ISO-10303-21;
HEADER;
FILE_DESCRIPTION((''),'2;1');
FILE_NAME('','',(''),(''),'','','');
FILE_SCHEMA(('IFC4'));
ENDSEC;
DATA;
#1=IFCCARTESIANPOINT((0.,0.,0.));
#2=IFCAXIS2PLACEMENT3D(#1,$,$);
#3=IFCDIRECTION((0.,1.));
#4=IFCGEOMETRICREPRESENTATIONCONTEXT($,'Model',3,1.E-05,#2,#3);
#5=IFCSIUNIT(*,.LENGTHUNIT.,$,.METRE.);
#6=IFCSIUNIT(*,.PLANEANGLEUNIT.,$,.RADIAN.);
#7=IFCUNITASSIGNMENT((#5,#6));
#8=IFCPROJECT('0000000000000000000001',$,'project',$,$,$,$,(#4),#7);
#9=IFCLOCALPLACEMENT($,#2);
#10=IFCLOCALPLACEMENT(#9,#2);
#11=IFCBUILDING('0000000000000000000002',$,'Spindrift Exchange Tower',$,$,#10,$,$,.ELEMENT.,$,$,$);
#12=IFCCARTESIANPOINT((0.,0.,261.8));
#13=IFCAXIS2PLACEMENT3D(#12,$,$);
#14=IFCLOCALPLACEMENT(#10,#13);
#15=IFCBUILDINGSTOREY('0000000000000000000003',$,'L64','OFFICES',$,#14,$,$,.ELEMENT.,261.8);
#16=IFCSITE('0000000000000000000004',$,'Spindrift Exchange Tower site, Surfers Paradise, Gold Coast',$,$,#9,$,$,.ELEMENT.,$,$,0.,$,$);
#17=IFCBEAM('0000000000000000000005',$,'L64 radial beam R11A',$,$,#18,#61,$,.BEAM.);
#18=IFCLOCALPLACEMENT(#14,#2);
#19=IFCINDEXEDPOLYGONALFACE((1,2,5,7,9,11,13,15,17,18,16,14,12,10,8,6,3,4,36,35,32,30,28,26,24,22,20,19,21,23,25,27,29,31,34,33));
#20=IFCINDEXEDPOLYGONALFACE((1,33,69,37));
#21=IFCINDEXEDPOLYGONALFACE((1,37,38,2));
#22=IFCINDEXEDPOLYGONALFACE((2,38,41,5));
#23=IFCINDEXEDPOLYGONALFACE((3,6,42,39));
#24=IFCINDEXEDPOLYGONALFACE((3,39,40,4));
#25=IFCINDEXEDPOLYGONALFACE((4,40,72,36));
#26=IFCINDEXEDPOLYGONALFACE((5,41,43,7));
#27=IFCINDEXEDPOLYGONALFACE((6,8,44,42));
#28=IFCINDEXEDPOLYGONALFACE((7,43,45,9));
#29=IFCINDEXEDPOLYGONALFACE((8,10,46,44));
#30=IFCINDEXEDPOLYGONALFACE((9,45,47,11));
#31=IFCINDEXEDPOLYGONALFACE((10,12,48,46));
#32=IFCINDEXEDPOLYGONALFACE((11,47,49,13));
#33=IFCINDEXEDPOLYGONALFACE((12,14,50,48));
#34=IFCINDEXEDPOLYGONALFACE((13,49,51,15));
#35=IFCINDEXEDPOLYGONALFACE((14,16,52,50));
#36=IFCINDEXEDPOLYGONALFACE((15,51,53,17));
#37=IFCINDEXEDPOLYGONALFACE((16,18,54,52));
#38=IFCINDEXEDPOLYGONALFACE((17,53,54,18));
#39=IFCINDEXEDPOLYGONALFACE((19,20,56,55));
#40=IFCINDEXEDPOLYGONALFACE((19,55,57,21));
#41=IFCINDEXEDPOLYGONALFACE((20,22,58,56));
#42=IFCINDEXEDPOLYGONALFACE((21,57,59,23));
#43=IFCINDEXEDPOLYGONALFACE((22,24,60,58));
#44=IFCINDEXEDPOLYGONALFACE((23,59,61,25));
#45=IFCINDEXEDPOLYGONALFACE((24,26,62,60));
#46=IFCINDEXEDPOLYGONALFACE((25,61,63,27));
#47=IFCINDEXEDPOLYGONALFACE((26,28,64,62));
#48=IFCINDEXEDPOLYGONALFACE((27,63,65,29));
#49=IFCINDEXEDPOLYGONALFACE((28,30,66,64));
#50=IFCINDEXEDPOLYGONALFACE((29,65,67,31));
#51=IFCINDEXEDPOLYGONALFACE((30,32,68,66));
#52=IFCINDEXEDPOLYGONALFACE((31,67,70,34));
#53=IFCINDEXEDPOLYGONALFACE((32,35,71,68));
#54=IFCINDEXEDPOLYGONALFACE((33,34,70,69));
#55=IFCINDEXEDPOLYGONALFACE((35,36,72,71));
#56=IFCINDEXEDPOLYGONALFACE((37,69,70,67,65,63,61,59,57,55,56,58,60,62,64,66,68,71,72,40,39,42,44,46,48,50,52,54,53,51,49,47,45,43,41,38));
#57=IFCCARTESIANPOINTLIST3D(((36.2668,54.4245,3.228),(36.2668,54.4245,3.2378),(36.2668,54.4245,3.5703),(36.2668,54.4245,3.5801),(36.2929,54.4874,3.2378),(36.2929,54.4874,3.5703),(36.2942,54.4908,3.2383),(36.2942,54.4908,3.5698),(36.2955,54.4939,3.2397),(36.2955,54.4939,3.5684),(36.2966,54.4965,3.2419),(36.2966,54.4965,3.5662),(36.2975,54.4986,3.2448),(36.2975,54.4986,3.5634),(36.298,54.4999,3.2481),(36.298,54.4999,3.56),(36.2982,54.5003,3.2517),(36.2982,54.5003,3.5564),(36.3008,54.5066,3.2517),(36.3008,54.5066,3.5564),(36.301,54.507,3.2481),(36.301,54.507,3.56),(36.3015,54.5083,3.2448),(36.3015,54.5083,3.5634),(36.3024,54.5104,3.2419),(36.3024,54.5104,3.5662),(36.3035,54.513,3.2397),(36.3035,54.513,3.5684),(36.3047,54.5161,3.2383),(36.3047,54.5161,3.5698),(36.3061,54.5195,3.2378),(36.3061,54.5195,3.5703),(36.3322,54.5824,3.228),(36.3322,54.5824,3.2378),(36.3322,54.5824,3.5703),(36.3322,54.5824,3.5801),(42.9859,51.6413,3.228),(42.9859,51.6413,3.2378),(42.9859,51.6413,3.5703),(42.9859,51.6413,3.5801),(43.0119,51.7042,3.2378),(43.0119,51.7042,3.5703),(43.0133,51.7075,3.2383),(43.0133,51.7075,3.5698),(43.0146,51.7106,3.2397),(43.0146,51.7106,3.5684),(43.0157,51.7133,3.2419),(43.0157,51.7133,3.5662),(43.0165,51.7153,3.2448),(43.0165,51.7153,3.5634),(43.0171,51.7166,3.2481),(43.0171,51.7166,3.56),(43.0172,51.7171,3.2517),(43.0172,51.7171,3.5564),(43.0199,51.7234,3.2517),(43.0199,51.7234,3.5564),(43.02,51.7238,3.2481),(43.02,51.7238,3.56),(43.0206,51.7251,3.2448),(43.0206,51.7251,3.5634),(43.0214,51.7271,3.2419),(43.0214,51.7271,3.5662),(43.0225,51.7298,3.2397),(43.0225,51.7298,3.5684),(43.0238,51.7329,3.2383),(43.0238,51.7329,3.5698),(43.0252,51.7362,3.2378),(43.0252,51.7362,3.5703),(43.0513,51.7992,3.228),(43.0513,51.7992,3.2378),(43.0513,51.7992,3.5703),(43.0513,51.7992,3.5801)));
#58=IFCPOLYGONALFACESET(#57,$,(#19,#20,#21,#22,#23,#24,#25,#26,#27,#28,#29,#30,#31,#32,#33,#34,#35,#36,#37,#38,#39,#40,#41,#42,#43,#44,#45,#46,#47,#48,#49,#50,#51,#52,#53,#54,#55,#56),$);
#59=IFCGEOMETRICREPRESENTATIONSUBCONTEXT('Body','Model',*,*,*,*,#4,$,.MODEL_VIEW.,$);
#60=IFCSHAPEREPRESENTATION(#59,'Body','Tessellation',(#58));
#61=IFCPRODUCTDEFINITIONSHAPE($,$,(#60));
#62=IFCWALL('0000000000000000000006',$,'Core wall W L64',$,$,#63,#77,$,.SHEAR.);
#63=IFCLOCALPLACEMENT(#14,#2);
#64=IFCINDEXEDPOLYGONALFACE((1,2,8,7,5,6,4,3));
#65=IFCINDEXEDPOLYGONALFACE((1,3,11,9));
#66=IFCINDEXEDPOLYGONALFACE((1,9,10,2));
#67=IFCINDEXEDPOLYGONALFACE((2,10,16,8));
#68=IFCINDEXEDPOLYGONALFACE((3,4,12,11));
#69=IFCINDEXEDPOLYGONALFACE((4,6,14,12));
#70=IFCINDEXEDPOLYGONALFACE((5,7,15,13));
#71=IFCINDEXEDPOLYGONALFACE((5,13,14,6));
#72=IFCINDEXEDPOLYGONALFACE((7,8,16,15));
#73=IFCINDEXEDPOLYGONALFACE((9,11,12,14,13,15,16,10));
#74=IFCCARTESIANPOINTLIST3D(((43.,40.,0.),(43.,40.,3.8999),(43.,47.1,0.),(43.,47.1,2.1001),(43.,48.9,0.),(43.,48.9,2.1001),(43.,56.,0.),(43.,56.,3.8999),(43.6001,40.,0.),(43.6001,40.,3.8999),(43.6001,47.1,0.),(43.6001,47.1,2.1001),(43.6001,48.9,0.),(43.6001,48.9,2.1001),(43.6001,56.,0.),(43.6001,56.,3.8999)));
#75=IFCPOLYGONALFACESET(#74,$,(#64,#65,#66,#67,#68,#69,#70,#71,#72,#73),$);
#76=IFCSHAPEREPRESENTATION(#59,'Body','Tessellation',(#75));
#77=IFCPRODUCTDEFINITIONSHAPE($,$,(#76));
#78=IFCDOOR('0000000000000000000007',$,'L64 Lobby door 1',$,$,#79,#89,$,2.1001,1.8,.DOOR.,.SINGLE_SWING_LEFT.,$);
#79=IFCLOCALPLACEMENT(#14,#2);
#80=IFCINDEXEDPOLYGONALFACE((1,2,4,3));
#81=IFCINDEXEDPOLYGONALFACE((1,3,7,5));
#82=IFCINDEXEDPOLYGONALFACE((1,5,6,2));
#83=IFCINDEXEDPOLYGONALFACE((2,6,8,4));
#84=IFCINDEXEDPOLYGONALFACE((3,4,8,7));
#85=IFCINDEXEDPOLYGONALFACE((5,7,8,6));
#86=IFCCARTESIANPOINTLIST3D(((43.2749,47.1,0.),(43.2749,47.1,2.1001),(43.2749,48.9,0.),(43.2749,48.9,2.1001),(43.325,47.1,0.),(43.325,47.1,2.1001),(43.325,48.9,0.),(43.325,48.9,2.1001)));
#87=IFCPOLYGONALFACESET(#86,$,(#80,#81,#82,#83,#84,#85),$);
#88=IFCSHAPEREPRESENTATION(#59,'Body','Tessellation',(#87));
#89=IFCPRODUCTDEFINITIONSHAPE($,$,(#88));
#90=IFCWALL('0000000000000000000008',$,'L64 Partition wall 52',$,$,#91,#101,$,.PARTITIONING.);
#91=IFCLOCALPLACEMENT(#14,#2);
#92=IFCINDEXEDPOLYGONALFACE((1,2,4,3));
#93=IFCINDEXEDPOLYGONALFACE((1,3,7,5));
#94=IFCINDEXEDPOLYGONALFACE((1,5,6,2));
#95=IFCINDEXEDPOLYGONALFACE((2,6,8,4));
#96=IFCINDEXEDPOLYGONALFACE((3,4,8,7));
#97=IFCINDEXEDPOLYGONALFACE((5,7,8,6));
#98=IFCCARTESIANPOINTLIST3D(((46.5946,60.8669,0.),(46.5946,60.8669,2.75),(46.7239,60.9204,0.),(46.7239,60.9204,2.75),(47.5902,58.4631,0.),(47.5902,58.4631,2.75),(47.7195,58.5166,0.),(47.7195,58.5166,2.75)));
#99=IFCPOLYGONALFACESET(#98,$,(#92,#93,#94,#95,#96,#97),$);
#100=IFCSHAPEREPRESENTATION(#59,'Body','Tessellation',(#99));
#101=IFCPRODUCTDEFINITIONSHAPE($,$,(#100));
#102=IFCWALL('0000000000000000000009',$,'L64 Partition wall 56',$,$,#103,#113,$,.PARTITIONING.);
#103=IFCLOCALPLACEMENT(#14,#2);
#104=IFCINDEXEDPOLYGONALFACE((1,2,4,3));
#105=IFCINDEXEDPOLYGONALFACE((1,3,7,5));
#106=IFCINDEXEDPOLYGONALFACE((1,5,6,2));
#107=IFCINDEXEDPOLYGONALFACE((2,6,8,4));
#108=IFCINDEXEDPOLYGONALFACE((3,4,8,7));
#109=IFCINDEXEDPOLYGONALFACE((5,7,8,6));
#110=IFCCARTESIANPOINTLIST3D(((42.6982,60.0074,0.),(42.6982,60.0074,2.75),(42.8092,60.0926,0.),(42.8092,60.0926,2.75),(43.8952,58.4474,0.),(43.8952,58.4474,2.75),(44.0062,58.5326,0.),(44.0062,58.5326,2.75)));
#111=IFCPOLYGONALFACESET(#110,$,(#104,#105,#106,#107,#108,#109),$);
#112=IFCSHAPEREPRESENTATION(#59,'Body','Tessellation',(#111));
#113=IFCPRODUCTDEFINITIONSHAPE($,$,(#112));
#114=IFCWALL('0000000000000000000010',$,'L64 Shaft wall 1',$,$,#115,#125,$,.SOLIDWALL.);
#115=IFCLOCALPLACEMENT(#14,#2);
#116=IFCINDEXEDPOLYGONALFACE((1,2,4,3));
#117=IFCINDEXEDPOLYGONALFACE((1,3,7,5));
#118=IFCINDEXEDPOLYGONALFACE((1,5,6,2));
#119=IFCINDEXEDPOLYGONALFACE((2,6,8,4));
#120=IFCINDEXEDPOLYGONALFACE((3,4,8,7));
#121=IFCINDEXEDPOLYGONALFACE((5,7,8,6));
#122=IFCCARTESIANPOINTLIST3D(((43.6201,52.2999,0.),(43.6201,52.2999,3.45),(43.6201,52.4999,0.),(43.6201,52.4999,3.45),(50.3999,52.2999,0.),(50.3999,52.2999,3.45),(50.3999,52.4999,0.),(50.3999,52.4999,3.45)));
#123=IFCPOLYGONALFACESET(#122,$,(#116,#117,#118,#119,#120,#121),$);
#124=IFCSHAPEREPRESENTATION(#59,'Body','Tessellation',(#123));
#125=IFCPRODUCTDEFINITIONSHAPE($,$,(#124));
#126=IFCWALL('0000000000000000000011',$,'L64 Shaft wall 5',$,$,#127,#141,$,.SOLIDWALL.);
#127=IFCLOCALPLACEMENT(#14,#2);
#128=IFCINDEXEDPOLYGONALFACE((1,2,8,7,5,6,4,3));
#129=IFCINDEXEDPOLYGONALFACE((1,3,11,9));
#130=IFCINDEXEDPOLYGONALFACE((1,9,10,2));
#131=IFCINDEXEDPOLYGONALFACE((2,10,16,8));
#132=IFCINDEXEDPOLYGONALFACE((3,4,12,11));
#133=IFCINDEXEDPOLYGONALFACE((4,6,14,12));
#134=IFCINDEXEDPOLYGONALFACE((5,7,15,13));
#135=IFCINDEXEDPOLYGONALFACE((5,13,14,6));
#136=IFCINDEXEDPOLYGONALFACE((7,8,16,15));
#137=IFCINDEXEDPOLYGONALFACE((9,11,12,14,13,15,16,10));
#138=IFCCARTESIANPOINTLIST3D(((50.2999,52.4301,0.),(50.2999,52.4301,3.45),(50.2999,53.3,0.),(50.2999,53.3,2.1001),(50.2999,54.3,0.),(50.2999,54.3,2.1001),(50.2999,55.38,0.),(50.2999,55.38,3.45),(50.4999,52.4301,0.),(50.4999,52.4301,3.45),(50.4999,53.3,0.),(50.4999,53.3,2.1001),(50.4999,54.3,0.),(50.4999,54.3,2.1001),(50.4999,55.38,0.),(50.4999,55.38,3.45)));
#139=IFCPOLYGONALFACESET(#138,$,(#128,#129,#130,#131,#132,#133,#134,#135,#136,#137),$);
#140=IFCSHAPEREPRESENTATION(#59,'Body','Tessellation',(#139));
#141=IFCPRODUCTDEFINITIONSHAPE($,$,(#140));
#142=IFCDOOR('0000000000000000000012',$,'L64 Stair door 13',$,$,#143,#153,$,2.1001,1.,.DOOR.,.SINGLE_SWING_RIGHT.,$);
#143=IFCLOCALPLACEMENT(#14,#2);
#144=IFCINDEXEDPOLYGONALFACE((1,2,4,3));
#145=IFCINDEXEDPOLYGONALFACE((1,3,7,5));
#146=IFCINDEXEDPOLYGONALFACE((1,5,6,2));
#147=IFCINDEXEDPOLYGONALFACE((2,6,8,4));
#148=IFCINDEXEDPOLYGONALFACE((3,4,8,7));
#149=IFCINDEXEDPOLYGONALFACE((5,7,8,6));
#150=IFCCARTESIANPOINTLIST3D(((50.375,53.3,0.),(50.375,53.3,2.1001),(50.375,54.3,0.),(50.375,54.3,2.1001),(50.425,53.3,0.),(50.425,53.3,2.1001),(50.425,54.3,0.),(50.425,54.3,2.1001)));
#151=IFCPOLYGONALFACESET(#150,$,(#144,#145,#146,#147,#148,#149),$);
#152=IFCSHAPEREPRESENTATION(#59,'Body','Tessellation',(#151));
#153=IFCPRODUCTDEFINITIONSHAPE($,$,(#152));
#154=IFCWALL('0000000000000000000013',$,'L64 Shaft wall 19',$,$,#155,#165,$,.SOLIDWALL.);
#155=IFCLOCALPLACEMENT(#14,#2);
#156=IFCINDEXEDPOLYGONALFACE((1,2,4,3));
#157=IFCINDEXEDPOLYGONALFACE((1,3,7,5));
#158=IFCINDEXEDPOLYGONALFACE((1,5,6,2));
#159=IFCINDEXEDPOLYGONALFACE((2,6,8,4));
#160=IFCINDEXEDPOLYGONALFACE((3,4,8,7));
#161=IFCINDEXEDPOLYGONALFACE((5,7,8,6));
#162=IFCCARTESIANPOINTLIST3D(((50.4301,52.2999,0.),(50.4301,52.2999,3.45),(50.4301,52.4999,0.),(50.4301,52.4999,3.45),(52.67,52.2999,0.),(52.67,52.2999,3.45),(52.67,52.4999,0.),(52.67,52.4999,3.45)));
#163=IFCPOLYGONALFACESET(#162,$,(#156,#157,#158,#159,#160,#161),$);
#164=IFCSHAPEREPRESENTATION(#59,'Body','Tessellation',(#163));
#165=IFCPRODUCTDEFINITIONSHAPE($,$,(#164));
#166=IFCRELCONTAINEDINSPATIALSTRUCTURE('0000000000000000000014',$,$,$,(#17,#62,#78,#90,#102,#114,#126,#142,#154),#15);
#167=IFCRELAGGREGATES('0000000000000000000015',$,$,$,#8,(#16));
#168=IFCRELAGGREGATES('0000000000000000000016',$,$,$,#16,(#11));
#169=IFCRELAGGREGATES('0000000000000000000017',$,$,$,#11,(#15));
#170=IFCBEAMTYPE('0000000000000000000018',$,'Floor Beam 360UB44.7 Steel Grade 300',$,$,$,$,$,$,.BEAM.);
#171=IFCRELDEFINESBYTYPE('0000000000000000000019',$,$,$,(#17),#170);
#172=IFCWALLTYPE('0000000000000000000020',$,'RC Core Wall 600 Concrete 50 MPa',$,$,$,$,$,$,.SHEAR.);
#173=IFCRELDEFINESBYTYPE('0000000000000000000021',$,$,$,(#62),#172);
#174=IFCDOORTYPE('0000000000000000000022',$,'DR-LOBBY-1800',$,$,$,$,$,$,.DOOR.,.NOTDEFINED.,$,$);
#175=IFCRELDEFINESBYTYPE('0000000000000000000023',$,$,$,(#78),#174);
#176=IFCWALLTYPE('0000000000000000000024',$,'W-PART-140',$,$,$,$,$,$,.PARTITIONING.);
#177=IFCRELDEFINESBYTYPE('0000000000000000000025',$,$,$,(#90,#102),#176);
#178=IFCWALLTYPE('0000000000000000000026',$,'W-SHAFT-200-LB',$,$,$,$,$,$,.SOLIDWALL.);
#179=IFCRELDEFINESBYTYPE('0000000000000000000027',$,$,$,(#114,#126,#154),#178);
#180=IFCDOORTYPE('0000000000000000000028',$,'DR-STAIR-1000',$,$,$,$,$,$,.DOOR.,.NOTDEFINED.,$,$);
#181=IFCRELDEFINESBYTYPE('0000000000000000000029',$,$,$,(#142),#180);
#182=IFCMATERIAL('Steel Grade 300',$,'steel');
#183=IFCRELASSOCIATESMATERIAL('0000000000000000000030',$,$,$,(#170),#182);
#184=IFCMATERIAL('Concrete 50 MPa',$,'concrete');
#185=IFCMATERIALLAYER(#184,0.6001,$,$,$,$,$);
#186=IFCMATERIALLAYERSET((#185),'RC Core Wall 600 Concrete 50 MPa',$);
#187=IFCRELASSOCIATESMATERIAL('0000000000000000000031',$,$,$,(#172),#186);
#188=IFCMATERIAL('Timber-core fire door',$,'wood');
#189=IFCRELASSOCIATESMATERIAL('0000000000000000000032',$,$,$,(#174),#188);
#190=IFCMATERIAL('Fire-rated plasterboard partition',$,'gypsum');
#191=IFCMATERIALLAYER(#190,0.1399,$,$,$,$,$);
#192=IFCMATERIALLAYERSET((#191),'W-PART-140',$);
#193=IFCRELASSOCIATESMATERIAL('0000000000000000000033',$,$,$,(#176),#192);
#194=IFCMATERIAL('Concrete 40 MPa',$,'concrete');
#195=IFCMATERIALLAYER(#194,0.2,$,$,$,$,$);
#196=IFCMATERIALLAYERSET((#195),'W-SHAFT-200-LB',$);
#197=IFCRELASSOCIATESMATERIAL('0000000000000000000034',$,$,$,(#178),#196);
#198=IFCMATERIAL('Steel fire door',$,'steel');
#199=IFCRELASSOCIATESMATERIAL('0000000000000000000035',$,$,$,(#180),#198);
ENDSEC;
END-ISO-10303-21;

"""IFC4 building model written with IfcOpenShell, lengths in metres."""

from ifc_helpers import new_model, si_unit, direction, frame, frame_2d, origin, origin_2d, place, context, subcontext, project, spatial, rectangle, i_section, extrude, source, transform, mapped, material, layer, layer_set, material_profile, profile_set, type_object, element, fill, save


model = new_model("IFC4")

# Units and contexts
model_context = context("Model", 3, precision=1e-05, world=origin(), true_north=direction((0.0, 1.0)))
body_context = subcontext(model_context, "Body", "Model", "MODEL_VIEW")
ifc_project = project(units=[si_unit("LENGTHUNIT", "METRE"), si_unit("PLANEANGLEUNIT", "RADIAN")], contexts=[model_context])

# Site, building, storey
site_placement = place(None, origin())
site = spatial("IfcSite", under=ifc_project, at=site_placement, Name="Spindrift Exchange Tower site, Surfers Paradise, Gold Coast", CompositionType="ELEMENT", RefElevation=0.0)
building_placement = place(site_placement, origin())
building = spatial("IfcBuilding", under=site, at=building_placement, Name="Spindrift Exchange Tower", CompositionType="ELEMENT")
storey_placement = place(building_placement, frame((0.0, 0.0, 261.8)))
storey = spatial("IfcBuildingStorey", under=building, at=storey_placement, Name="L64", Description="OFFICES", CompositionType="ELEMENT", Elevation=261.8)

# Beam
ifc_material_1 = material(Name="Steel Grade 300", Category="steel")
ifc_material_profile_1 = material_profile(ifc_material_1, i_section(OverallWidth=0.1709, OverallDepth=0.3521, WebThickness=0.0068, FlangeThickness=0.0098, FilletRadius=0.0139, at=origin_2d()), Name="360UB44.7")
ifc_profile_set_1 = profile_set([ifc_material_profile_1], Name="Steel Grade 300")
beam_type_1 = type_object("IfcBeamType", Name="Floor Beam 360UB44.7 Steel Grade 300", PredefinedType="BEAM", material=ifc_profile_set_1)
shared_shape_1 = source(origin(), body_context, "Body", "SweptSolid", [
    extrude(i_section(OverallWidth=0.1709, OverallDepth=0.3521, WebThickness=0.0068, FlangeThickness=0.0098, FilletRadius=0.0139, at=origin_2d()), origin(), (0.0, 0.0, 1.0), 7.2727),
])
beam_1_placement = place(storey_placement, frame((43.0186, 51.7202, 3.4041), z_axis=(-0.923874, 0.382696, 0.0), x_axis=(-0.382696, -0.923874, 0.0)))
element("IfcBeam", 1, at=beam_1_placement, inside=storey, type_object=beam_type_1, Name="L64 radial beam R11A", PredefinedType="BEAM", context=body_context, shape_type="MappedRepresentation", body=[
    mapped(shared_shape_1, transform((0.0, 0.0, 0.0), scale=1.0)),
])

# Wall, opening, door
ifc_material_2 = material(Name="Concrete 50 MPa", Category="concrete")
ifc_layer_1 = layer(ifc_material_2, 0.6001)
ifc_layer_set_1 = layer_set([ifc_layer_1], Name="RC Core Wall 600 Concrete 50 MPa")
wall_type_1 = type_object("IfcWallType", Name="RC Core Wall 600 Concrete 50 MPa", PredefinedType="SHEAR", material=ifc_layer_set_1)
wall_1_placement = place(storey_placement, frame((43.3, 56.0, 0.0), z_axis=(0.0, 0.0, 1.0), x_axis=(0.0, -1.0, 0.0)))
wall_1 = element("IfcWall", 2, at=wall_1_placement, inside=storey, type_object=wall_type_1, Name="Core wall W L64", PredefinedType="SHEAR", context=body_context, shape_type="SweptSolid", body=[
    extrude(rectangle(XDim=16.0, YDim=0.6001, at=frame_2d((8.0, 0.0))), origin(), (0.0, 0.0, 1.0), 3.8999),
])
opening_1_placement = place(wall_1_placement, frame((7.1001, 0.0, 0.0)))
opening_1 = element("IfcOpeningElement", 3, at=opening_1_placement, cuts=wall_1, PredefinedType="OPENING", context=body_context, shape_type="SweptSolid", body=[
    extrude(rectangle(XDim=1.8, YDim=2.1001, at=frame_2d((0.8999, 1.05))), frame((0.0, 0.3101, 0.0), z_axis=(0.0, -1.0, 0.0), x_axis=(1.0, 0.0, 0.0)), (0.0, 0.0, 1.0), 0.6201),
])
ifc_material_3 = material(Name="Timber-core fire door", Category="wood")
door_type_1 = type_object("IfcDoorType", Name="DR-LOBBY-1800", OperationType="NOTDEFINED", PredefinedType="DOOR", material=ifc_material_3)
shared_shape_2 = source(origin(), body_context, "Body", "SweptSolid", [
    extrude(rectangle(XDim=1.8, YDim=2.1001, at=frame_2d((0.8999, 1.05))), frame((0.0, 0.0249, 0.0), z_axis=(0.0, -1.0, 0.0), x_axis=(1.0, 0.0, 0.0)), (0.0, 0.0, 1.0), 0.05),
])
door_1_placement = place(opening_1_placement, origin())
door_1 = element("IfcDoor", 4, at=door_1_placement, inside=storey, type_object=door_type_1, Name="L64 Lobby door 1", OperationType="SINGLE_SWING_LEFT", OverallHeight=2.1001, OverallWidth=1.8, PredefinedType="DOOR", context=body_context, shape_type="MappedRepresentation", body=[
    mapped(shared_shape_2, transform((0.0, 0.0, 0.0), scale=1.0)),
])
fill(opening_1, door_1)

# Walls
ifc_material_4 = material(Name="Fire-rated plasterboard partition", Category="gypsum")
ifc_layer_2 = layer(ifc_material_4, 0.1399)
ifc_layer_set_2 = layer_set([ifc_layer_2], Name="W-PART-140")
wall_type_2 = type_object("IfcWallType", Name="W-PART-140", PredefinedType="PARTITIONING", material=ifc_layer_set_2)
wall_2_placement = place(storey_placement, frame((47.6548, 58.49, 0.0), z_axis=(0.0, 0.0, 1.0), x_axis=(-0.382656, 0.923891, 0.0)))
element("IfcWall", 5, at=wall_2_placement, inside=storey, type_object=wall_type_2, Name="L64 Partition wall 52", PredefinedType="PARTITIONING", context=body_context, shape_type="SweptSolid", body=[
    extrude(rectangle(XDim=2.6018, YDim=0.1399, at=frame_2d((1.3008, 0.0))), origin(), (0.0, 0.0, 1.0), 2.75),
])
wall_3_placement = place(storey_placement, frame((43.9507, 58.49, 0.0), z_axis=(0.0, 0.0, 1.0), x_axis=(-0.608744, 0.793366, 0.0)))
element("IfcWall", 6, at=wall_3_placement, inside=storey, type_object=wall_type_2, Name="L64 Partition wall 56", PredefinedType="PARTITIONING", context=body_context, shape_type="SweptSolid", body=[
    extrude(rectangle(XDim=1.9663, YDim=0.1399, at=frame_2d((0.9832, 0.0))), origin(), (0.0, 0.0, 1.0), 2.75),
])
ifc_material_5 = material(Name="Concrete 40 MPa", Category="concrete")
ifc_layer_3 = layer(ifc_material_5, 0.2)
ifc_layer_set_3 = layer_set([ifc_layer_3], Name="W-SHAFT-200-LB")
wall_type_3 = type_object("IfcWallType", Name="W-SHAFT-200-LB", PredefinedType="SOLIDWALL", material=ifc_layer_set_3)
wall_4_placement = place(storey_placement, frame((43.6201, 52.3999, 0.0), z_axis=(0.0, 0.0, 1.0), x_axis=(1.0, 0.0, 0.0)))
element("IfcWall", 7, at=wall_4_placement, inside=storey, type_object=wall_type_3, Name="L64 Shaft wall 1", PredefinedType="SOLIDWALL", context=body_context, shape_type="SweptSolid", body=[
    extrude(rectangle(XDim=6.7798, YDim=0.2, at=frame_2d((3.3899, 0.0))), origin(), (0.0, 0.0, 1.0), 3.45),
])

# Wall, opening, door
wall_5_placement = place(storey_placement, frame((50.3999, 52.4299, 0.0), z_axis=(0.0, 0.0, 1.0), x_axis=(0.0, 1.0, 0.0)))
wall_5 = element("IfcWall", 8, at=wall_5_placement, inside=storey, type_object=wall_type_3, Name="L64 Shaft wall 5", PredefinedType="SOLIDWALL", context=body_context, shape_type="SweptSolid", body=[
    extrude(rectangle(XDim=2.95, YDim=0.2, at=frame_2d((1.4751, 0.0))), origin(), (0.0, 0.0, 1.0), 3.45),
])
opening_2_placement = place(wall_5_placement, frame((0.8701, 0.0, 0.0)))
opening_2 = element("IfcOpeningElement", 9, at=opening_2_placement, cuts=wall_5, PredefinedType="OPENING", context=body_context, shape_type="SweptSolid", body=[
    extrude(rectangle(XDim=1.0, YDim=2.1001, at=frame_2d((0.5, 1.05))), frame((0.0, 0.1099, 0.0), z_axis=(0.0, -1.0, 0.0), x_axis=(1.0, 0.0, 0.0)), (0.0, 0.0, 1.0), 0.22),
])
ifc_material_6 = material(Name="Steel fire door", Category="steel")
door_type_2 = type_object("IfcDoorType", Name="DR-STAIR-1000", OperationType="NOTDEFINED", PredefinedType="DOOR", material=ifc_material_6)
shared_shape_3 = source(origin(), body_context, "Body", "SweptSolid", [
    extrude(rectangle(XDim=1.0, YDim=2.1001, at=frame_2d((0.5, 1.05))), frame((0.0, 0.0249, 0.0), z_axis=(0.0, -1.0, 0.0), x_axis=(1.0, 0.0, 0.0)), (0.0, 0.0, 1.0), 0.05),
])
door_2_placement = place(opening_2_placement, origin())
door_2 = element("IfcDoor", 10, at=door_2_placement, inside=storey, type_object=door_type_2, Name="L64 Stair door 13", OperationType="SINGLE_SWING_RIGHT", OverallHeight=2.1001, OverallWidth=1.0, PredefinedType="DOOR", context=body_context, shape_type="MappedRepresentation", body=[
    mapped(shared_shape_3, transform((0.0, 0.0, 0.0), scale=1.0)),
])
fill(opening_2, door_2)

# Wall
wall_6_placement = place(storey_placement, frame((50.4299, 52.3999, 0.0), z_axis=(0.0, 0.0, 1.0), x_axis=(1.0, 0.0, 0.0)))
element("IfcWall", 11, at=wall_6_placement, inside=storey, type_object=wall_type_3, Name="L64 Shaft wall 19", PredefinedType="SOLIDWALL", context=body_context, shape_type="SweptSolid", body=[
    extrude(rectangle(XDim=2.24, YDim=0.2, at=frame_2d((1.1201, 0.0))), origin(), (0.0, 0.0, 1.0), 3.45),
])

save(model, "model.ifc")
